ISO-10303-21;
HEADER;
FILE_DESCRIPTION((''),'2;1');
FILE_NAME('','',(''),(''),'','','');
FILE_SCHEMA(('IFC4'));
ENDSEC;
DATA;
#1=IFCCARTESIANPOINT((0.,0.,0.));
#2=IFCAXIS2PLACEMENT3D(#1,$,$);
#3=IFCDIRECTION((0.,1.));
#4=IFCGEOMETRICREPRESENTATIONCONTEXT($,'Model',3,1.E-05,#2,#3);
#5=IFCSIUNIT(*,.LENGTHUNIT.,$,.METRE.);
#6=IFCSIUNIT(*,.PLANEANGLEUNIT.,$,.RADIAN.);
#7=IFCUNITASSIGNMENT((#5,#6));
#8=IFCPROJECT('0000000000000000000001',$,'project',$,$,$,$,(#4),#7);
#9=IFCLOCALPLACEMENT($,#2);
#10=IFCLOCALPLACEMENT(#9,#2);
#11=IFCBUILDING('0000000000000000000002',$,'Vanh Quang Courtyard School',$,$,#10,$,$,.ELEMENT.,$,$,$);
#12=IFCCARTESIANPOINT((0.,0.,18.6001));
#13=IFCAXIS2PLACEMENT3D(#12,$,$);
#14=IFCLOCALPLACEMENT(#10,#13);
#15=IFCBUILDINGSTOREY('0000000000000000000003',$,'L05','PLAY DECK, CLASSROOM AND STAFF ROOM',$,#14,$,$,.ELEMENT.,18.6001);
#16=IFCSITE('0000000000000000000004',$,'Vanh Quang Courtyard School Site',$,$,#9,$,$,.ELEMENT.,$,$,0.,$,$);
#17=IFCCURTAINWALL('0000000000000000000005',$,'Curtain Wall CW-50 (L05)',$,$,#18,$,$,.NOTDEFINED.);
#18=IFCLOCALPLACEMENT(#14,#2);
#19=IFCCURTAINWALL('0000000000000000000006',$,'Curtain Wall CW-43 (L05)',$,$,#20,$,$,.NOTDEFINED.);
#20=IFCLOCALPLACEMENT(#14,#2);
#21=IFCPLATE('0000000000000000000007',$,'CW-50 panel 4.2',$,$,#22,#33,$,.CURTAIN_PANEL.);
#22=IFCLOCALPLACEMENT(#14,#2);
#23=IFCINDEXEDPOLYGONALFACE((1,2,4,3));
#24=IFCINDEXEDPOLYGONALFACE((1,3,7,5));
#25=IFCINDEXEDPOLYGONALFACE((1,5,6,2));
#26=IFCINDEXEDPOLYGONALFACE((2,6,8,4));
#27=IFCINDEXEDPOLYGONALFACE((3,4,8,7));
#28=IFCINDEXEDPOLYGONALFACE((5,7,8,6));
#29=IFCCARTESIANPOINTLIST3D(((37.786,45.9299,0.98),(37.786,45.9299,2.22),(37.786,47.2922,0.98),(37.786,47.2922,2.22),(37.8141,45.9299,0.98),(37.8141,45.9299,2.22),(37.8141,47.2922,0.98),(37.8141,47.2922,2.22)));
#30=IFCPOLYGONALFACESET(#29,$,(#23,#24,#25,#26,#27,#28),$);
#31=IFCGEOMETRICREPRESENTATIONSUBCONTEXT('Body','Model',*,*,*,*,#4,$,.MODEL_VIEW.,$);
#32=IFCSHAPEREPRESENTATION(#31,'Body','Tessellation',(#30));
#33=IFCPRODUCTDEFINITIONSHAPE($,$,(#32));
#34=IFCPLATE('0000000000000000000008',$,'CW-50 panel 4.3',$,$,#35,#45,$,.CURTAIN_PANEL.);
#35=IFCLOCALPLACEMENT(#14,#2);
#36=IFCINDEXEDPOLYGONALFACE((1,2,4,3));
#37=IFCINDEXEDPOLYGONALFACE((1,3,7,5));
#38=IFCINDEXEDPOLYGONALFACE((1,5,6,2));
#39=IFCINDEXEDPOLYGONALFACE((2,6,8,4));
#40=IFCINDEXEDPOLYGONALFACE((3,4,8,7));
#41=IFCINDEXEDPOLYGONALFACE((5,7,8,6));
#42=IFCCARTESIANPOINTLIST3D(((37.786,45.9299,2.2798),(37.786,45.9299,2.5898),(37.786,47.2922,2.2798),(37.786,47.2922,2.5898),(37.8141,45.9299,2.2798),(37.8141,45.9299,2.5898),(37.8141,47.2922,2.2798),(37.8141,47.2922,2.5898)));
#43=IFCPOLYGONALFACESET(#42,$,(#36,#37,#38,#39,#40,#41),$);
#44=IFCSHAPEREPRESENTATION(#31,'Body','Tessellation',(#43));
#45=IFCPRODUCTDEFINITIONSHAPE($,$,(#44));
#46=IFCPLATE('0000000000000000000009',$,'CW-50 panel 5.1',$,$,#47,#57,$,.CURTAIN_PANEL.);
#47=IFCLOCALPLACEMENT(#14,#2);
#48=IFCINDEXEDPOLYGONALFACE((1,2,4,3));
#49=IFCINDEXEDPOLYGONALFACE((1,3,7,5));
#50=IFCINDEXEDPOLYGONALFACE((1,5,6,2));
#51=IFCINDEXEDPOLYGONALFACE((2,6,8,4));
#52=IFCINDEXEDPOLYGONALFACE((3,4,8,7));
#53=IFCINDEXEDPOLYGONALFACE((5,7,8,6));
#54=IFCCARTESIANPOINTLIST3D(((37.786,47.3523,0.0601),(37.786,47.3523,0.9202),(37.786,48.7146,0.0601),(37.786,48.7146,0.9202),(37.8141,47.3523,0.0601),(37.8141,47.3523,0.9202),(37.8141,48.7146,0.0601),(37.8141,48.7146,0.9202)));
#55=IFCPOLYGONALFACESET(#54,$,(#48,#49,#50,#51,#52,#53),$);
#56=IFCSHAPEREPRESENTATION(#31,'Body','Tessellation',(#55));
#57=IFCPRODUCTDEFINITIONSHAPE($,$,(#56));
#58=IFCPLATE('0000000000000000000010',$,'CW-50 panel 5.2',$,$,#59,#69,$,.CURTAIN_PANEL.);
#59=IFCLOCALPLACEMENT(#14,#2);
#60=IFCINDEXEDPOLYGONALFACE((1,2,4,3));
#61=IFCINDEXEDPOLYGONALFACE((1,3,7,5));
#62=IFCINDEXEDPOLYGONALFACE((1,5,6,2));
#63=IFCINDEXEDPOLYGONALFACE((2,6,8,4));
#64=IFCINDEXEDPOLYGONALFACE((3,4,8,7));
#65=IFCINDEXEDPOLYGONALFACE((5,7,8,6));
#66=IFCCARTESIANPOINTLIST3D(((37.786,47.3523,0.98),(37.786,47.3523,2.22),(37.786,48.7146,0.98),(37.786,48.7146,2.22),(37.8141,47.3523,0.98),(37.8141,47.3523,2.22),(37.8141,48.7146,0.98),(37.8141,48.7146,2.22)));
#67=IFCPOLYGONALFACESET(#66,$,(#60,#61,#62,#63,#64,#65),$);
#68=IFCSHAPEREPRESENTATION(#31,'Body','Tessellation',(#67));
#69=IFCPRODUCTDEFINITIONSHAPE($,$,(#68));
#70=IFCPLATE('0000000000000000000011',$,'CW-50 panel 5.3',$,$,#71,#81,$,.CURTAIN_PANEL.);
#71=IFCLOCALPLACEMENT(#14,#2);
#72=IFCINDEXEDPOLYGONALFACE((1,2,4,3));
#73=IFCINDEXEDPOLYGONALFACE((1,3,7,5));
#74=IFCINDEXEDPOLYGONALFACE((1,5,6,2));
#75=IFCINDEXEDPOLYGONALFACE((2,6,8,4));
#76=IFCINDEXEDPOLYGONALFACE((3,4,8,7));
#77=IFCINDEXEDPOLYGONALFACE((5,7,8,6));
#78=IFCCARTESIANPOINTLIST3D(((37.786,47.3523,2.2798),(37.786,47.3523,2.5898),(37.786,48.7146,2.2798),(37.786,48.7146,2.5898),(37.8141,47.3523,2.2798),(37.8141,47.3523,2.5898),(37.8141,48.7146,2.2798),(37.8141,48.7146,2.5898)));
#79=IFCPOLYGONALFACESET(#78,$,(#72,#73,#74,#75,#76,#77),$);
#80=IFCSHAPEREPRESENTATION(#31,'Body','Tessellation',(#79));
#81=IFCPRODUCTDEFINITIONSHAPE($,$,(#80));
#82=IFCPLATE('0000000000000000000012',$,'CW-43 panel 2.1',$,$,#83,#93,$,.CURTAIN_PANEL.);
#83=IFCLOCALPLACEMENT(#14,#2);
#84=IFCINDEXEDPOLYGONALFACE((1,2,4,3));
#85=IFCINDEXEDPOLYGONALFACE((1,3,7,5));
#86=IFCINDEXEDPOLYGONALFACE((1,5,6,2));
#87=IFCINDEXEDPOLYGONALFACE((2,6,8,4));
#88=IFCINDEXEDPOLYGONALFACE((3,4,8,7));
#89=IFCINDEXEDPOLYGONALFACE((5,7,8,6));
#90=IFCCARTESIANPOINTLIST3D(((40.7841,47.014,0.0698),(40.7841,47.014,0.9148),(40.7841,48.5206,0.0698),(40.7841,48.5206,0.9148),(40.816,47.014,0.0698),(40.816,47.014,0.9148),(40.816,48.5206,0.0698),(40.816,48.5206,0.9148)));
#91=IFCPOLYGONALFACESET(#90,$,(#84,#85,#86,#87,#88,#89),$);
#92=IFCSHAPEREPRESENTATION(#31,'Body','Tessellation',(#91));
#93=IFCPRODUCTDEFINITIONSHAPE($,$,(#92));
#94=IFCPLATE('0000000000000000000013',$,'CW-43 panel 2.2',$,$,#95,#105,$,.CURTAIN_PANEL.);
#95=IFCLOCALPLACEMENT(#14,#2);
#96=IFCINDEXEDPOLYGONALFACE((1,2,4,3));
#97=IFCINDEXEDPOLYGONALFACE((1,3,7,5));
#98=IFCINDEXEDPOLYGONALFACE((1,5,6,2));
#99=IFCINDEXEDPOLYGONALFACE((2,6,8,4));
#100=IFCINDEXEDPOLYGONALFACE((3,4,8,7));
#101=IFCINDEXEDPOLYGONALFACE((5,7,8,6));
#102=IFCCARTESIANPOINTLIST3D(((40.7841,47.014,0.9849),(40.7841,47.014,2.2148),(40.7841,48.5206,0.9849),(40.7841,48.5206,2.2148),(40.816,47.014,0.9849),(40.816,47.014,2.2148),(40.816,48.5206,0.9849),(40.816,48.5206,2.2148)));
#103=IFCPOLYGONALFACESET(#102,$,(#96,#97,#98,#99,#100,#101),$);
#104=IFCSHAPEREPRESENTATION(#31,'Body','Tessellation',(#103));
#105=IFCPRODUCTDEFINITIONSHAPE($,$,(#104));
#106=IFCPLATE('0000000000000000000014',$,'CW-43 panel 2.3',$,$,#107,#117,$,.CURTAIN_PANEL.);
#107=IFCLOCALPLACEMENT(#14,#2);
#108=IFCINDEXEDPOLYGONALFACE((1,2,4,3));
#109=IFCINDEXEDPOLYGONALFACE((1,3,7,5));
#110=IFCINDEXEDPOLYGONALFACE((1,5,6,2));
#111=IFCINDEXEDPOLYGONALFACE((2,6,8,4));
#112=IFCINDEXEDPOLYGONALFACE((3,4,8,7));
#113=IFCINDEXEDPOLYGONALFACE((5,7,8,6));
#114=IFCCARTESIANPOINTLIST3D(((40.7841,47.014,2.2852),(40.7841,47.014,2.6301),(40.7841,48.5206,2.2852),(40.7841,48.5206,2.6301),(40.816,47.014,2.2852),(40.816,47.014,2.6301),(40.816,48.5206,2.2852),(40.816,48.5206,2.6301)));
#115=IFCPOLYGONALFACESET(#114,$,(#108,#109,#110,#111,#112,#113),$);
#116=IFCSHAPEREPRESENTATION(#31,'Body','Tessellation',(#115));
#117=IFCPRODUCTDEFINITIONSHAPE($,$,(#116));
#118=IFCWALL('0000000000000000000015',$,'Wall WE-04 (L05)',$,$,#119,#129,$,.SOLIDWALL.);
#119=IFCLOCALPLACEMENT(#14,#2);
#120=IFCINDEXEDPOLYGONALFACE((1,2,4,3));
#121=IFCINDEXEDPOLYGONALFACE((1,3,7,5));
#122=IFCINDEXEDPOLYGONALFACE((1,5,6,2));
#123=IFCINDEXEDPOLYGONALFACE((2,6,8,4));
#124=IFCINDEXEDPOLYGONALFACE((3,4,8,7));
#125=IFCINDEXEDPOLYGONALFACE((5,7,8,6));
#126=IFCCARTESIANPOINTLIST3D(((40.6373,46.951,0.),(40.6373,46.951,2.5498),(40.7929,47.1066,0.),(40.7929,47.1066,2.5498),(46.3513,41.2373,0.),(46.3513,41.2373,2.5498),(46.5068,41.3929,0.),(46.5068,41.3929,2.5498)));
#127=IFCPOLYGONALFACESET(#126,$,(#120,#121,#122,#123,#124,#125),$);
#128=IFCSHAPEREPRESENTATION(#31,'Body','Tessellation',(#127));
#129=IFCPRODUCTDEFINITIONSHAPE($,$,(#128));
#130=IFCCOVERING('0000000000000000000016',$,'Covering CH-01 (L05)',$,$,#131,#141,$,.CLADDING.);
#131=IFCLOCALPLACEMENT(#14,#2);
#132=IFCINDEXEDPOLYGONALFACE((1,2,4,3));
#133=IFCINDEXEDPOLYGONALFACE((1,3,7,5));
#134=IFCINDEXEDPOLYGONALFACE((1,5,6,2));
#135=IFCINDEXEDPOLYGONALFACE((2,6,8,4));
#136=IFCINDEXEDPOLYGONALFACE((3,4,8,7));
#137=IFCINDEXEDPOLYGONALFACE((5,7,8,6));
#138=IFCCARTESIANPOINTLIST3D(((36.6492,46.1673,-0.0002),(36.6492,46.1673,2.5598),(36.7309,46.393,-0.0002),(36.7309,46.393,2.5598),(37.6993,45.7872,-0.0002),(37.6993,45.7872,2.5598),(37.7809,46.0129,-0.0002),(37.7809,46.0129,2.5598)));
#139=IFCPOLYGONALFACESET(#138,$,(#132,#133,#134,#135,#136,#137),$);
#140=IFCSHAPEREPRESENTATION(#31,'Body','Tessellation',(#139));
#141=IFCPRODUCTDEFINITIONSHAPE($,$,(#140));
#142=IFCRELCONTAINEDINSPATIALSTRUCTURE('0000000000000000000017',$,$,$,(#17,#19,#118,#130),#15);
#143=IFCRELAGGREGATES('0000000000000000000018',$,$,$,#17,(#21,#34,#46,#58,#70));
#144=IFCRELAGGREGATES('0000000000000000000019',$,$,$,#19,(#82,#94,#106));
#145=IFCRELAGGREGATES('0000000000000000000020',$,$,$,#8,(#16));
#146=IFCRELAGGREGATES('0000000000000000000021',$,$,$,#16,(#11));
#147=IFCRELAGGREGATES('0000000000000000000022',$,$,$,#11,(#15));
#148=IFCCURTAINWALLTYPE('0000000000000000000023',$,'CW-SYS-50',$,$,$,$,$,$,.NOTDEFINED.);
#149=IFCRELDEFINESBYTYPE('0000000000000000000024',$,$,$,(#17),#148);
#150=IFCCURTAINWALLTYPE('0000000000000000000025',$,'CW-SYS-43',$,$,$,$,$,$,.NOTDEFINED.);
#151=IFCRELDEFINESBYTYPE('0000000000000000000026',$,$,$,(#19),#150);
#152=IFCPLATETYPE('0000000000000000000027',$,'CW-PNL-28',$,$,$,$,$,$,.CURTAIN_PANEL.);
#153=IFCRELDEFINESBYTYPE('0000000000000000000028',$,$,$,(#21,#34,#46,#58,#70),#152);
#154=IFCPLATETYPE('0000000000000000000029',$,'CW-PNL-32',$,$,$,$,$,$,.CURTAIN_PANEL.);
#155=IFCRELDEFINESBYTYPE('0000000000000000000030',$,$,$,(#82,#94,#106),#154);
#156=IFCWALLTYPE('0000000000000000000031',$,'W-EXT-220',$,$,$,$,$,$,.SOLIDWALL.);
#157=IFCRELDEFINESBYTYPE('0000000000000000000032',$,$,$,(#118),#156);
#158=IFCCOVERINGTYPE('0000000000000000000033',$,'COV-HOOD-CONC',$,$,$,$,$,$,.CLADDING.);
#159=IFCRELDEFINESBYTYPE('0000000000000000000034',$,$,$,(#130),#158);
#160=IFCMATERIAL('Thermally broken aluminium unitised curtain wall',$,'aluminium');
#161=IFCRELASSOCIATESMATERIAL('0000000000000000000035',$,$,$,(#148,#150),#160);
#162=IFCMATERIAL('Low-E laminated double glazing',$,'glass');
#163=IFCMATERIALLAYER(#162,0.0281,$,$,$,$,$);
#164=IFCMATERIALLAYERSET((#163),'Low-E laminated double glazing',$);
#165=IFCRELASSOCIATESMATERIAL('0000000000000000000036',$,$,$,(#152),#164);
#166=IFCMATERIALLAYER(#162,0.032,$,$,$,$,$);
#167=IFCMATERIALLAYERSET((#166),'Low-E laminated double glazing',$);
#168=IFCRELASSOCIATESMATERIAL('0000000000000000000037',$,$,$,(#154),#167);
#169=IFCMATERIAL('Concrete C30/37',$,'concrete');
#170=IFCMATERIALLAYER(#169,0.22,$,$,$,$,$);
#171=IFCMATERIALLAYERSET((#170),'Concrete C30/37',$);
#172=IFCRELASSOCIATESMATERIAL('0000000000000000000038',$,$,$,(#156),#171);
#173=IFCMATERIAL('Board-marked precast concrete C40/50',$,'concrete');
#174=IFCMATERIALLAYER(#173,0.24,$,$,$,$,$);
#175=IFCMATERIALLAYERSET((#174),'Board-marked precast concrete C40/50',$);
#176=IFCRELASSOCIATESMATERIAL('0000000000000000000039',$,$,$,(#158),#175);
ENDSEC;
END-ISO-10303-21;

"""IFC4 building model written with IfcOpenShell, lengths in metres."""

from ifc_helpers import new_model, si_unit, direction, frame, frame_2d, origin, origin_2d, place, context, subcontext, project, spatial, rectangle, extrude, material, layer, layer_set, type_object, element, aggregate, save


model = new_model("IFC4")

# Units and contexts
model_context = context("Model", 3, precision=1e-05, world=origin(), true_north=direction((0.0, 1.0)))
body_context = subcontext(model_context, "Body", "Model", "MODEL_VIEW")
ifc_project = project(units=[si_unit("LENGTHUNIT", "METRE"), si_unit("PLANEANGLEUNIT", "RADIAN")], contexts=[model_context])

# Site, building, storey
site_placement = place(None, origin())
site = spatial("IfcSite", under=ifc_project, at=site_placement, Name="Vanh Quang Courtyard School Site", CompositionType="ELEMENT", RefElevation=0.0)
building_placement = place(site_placement, origin())
building = spatial("IfcBuilding", under=site, at=building_placement, Name="Vanh Quang Courtyard School", CompositionType="ELEMENT")
storey_placement = place(building_placement, frame((0.0, 0.0, 18.6001)))
storey = spatial("IfcBuildingStorey", under=building, at=storey_placement, Name="L05", Description="PLAY DECK, CLASSROOM AND STAFF ROOM", CompositionType="ELEMENT", Elevation=18.6001)

# Curtain walls
ifc_material_1 = material(Name="Thermally broken aluminium unitised curtain wall", Category="aluminium")
curtain_wall_type_1 = type_object("IfcCurtainWallType", Name="CW-SYS-50", PredefinedType="NOTDEFINED", material=ifc_material_1)
curtain_wall_1_placement = place(storey_placement, origin())
curtain_wall_1 = element("IfcCurtainWall", 1, at=curtain_wall_1_placement, inside=storey, type_object=curtain_wall_type_1, Name="Curtain Wall CW-50 (L05)", PredefinedType="NOTDEFINED")
curtain_wall_type_2 = type_object("IfcCurtainWallType", Name="CW-SYS-43", PredefinedType="NOTDEFINED", material=ifc_material_1)
curtain_wall_2_placement = place(storey_placement, origin())
curtain_wall_2 = element("IfcCurtainWall", 2, at=curtain_wall_2_placement, inside=storey, type_object=curtain_wall_type_2, Name="Curtain Wall CW-43 (L05)", PredefinedType="NOTDEFINED")

# Plates
ifc_material_2 = material(Name="Low-E laminated double glazing", Category="glass")
ifc_layer_1 = layer(ifc_material_2, 0.0281)
ifc_layer_set_1 = layer_set([ifc_layer_1], Name="Low-E laminated double glazing")
plate_type_1 = type_object("IfcPlateType", Name="CW-PNL-28", PredefinedType="CURTAIN_PANEL", material=ifc_layer_set_1)
plate_1_placement = place(storey_placement, frame((37.8, 46.6111, 0.98), z_axis=(0.0, 0.0, 1.0), x_axis=(0.0, 1.0, 0.0)))
plate_1 = element("IfcPlate", 3, at=plate_1_placement, type_object=plate_type_1, Name="CW-50 panel 4.2", PredefinedType="CURTAIN_PANEL", context=body_context, shape_type="SweptSolid", body=[
    extrude(rectangle(XDim=1.3623, YDim=0.0281, at=origin_2d()), origin(), (0.0, 0.0, 1.0), 1.24),
])
plate_2_placement = place(storey_placement, frame((37.8, 46.6111, 2.2798), z_axis=(0.0, 0.0, 1.0), x_axis=(0.0, 1.0, 0.0)))
plate_2 = element("IfcPlate", 4, at=plate_2_placement, type_object=plate_type_1, Name="CW-50 panel 4.3", PredefinedType="CURTAIN_PANEL", context=body_context, shape_type="SweptSolid", body=[
    extrude(rectangle(XDim=1.3623, YDim=0.0281, at=origin_2d()), origin(), (0.0, 0.0, 1.0), 0.3101),
])
plate_3_placement = place(storey_placement, frame((37.8, 48.0334, 0.0601), z_axis=(0.0, 0.0, 1.0), x_axis=(0.0, 1.0, 0.0)))
plate_3 = element("IfcPlate", 5, at=plate_3_placement, type_object=plate_type_1, Name="CW-50 panel 5.1", PredefinedType="CURTAIN_PANEL", context=body_context, shape_type="SweptSolid", body=[
    extrude(rectangle(XDim=1.3623, YDim=0.0281, at=origin_2d()), origin(), (0.0, 0.0, 1.0), 0.8601),
])
plate_4_placement = place(storey_placement, frame((37.8, 48.0334, 0.98), z_axis=(0.0, 0.0, 1.0), x_axis=(0.0, 1.0, 0.0)))
plate_4 = element("IfcPlate", 6, at=plate_4_placement, type_object=plate_type_1, Name="CW-50 panel 5.2", PredefinedType="CURTAIN_PANEL", context=body_context, shape_type="SweptSolid", body=[
    extrude(rectangle(XDim=1.3623, YDim=0.0281, at=origin_2d()), origin(), (0.0, 0.0, 1.0), 1.24),
])
plate_5_placement = place(storey_placement, frame((37.8, 48.0334, 2.2798), z_axis=(0.0, 0.0, 1.0), x_axis=(0.0, 1.0, 0.0)))
plate_5 = element("IfcPlate", 7, at=plate_5_placement, type_object=plate_type_1, Name="CW-50 panel 5.3", PredefinedType="CURTAIN_PANEL", context=body_context, shape_type="SweptSolid", body=[
    extrude(rectangle(XDim=1.3623, YDim=0.0281, at=origin_2d()), origin(), (0.0, 0.0, 1.0), 0.3101),
])
aggregate(curtain_wall_1, [plate_1, plate_2, plate_3, plate_4, plate_5])
ifc_layer_2 = layer(ifc_material_2, 0.032)
ifc_layer_set_2 = layer_set([ifc_layer_2], Name="Low-E laminated double glazing")
plate_type_2 = type_object("IfcPlateType", Name="CW-PNL-32", PredefinedType="CURTAIN_PANEL", material=ifc_layer_set_2)
plate_6_placement = place(storey_placement, frame((40.8, 47.7673, 0.0698), z_axis=(0.0, 0.0, 1.0), x_axis=(0.0, -1.0, 0.0)))
plate_6 = element("IfcPlate", 8, at=plate_6_placement, type_object=plate_type_2, Name="CW-43 panel 2.1", PredefinedType="CURTAIN_PANEL", context=body_context, shape_type="SweptSolid", body=[
    extrude(rectangle(XDim=1.5066, YDim=0.032, at=origin_2d()), origin(), (0.0, 0.0, 1.0), 0.845),
])
plate_7_placement = place(storey_placement, frame((40.8, 47.7673, 0.9849), z_axis=(0.0, 0.0, 1.0), x_axis=(0.0, -1.0, 0.0)))
plate_7 = element("IfcPlate", 9, at=plate_7_placement, type_object=plate_type_2, Name="CW-43 panel 2.2", PredefinedType="CURTAIN_PANEL", context=body_context, shape_type="SweptSolid", body=[
    extrude(rectangle(XDim=1.5066, YDim=0.032, at=origin_2d()), origin(), (0.0, 0.0, 1.0), 1.23),
])
plate_8_placement = place(storey_placement, frame((40.8, 47.7673, 2.2852), z_axis=(0.0, 0.0, 1.0), x_axis=(0.0, -1.0, 0.0)))
plate_8 = element("IfcPlate", 10, at=plate_8_placement, type_object=plate_type_2, Name="CW-43 panel 2.3", PredefinedType="CURTAIN_PANEL", context=body_context, shape_type="SweptSolid", body=[
    extrude(rectangle(XDim=1.5066, YDim=0.032, at=origin_2d()), origin(), (0.0, 0.0, 1.0), 0.345),
])
aggregate(curtain_wall_2, [plate_6, plate_7, plate_8])

# Wall
ifc_material_3 = material(Name="Concrete C30/37", Category="concrete")
ifc_layer_3 = layer(ifc_material_3, 0.22)
ifc_layer_set_3 = layer_set([ifc_layer_3], Name="Concrete C30/37")
wall_type = type_object("IfcWallType", Name="W-EXT-220", PredefinedType="SOLIDWALL", material=ifc_layer_set_3)
wall_placement = place(storey_placement, frame((40.7151, 47.0288, 0.0), z_axis=(0.0, 0.0, 1.0), x_axis=(0.707122, -0.707092, 0.0)))
element("IfcWall", 11, at=wall_placement, inside=storey, type_object=wall_type, Name="Wall WE-04 (L05)", PredefinedType="SOLIDWALL", context=body_context, shape_type="SweptSolid", body=[
    extrude(rectangle(XDim=8.0806, YDim=0.22, at=frame_2d((4.0403, 0.0))), origin(), (0.0, 0.0, 1.0), 2.5498),
])

# Covering
ifc_material_4 = material(Name="Board-marked precast concrete C40/50", Category="concrete")
ifc_layer_4 = layer(ifc_material_4, 0.24)
ifc_layer_set_4 = layer_set([ifc_layer_4], Name="Board-marked precast concrete C40/50")
covering_type = type_object("IfcCoveringType", Name="COV-HOOD-CONC", PredefinedType="CLADDING", material=ifc_layer_set_4)
covering_placement = place(storey_placement, frame((37.2151, 46.0901, -0.0002), z_axis=(0.0, 0.0, 1.0), x_axis=(-0.940288, 0.34038, 0.0)))
element("IfcCovering", 12, at=covering_placement, inside=storey, type_object=covering_type, Name="Covering CH-01 (L05)", PredefinedType="CLADDING", context=body_context, shape_type="SweptSolid", body=[
    extrude(rectangle(XDim=1.1167, YDim=0.24, at=origin_2d()), origin(), (0.0, 0.0, 1.0), 2.5601),
])

save(model, "model.ifc")
